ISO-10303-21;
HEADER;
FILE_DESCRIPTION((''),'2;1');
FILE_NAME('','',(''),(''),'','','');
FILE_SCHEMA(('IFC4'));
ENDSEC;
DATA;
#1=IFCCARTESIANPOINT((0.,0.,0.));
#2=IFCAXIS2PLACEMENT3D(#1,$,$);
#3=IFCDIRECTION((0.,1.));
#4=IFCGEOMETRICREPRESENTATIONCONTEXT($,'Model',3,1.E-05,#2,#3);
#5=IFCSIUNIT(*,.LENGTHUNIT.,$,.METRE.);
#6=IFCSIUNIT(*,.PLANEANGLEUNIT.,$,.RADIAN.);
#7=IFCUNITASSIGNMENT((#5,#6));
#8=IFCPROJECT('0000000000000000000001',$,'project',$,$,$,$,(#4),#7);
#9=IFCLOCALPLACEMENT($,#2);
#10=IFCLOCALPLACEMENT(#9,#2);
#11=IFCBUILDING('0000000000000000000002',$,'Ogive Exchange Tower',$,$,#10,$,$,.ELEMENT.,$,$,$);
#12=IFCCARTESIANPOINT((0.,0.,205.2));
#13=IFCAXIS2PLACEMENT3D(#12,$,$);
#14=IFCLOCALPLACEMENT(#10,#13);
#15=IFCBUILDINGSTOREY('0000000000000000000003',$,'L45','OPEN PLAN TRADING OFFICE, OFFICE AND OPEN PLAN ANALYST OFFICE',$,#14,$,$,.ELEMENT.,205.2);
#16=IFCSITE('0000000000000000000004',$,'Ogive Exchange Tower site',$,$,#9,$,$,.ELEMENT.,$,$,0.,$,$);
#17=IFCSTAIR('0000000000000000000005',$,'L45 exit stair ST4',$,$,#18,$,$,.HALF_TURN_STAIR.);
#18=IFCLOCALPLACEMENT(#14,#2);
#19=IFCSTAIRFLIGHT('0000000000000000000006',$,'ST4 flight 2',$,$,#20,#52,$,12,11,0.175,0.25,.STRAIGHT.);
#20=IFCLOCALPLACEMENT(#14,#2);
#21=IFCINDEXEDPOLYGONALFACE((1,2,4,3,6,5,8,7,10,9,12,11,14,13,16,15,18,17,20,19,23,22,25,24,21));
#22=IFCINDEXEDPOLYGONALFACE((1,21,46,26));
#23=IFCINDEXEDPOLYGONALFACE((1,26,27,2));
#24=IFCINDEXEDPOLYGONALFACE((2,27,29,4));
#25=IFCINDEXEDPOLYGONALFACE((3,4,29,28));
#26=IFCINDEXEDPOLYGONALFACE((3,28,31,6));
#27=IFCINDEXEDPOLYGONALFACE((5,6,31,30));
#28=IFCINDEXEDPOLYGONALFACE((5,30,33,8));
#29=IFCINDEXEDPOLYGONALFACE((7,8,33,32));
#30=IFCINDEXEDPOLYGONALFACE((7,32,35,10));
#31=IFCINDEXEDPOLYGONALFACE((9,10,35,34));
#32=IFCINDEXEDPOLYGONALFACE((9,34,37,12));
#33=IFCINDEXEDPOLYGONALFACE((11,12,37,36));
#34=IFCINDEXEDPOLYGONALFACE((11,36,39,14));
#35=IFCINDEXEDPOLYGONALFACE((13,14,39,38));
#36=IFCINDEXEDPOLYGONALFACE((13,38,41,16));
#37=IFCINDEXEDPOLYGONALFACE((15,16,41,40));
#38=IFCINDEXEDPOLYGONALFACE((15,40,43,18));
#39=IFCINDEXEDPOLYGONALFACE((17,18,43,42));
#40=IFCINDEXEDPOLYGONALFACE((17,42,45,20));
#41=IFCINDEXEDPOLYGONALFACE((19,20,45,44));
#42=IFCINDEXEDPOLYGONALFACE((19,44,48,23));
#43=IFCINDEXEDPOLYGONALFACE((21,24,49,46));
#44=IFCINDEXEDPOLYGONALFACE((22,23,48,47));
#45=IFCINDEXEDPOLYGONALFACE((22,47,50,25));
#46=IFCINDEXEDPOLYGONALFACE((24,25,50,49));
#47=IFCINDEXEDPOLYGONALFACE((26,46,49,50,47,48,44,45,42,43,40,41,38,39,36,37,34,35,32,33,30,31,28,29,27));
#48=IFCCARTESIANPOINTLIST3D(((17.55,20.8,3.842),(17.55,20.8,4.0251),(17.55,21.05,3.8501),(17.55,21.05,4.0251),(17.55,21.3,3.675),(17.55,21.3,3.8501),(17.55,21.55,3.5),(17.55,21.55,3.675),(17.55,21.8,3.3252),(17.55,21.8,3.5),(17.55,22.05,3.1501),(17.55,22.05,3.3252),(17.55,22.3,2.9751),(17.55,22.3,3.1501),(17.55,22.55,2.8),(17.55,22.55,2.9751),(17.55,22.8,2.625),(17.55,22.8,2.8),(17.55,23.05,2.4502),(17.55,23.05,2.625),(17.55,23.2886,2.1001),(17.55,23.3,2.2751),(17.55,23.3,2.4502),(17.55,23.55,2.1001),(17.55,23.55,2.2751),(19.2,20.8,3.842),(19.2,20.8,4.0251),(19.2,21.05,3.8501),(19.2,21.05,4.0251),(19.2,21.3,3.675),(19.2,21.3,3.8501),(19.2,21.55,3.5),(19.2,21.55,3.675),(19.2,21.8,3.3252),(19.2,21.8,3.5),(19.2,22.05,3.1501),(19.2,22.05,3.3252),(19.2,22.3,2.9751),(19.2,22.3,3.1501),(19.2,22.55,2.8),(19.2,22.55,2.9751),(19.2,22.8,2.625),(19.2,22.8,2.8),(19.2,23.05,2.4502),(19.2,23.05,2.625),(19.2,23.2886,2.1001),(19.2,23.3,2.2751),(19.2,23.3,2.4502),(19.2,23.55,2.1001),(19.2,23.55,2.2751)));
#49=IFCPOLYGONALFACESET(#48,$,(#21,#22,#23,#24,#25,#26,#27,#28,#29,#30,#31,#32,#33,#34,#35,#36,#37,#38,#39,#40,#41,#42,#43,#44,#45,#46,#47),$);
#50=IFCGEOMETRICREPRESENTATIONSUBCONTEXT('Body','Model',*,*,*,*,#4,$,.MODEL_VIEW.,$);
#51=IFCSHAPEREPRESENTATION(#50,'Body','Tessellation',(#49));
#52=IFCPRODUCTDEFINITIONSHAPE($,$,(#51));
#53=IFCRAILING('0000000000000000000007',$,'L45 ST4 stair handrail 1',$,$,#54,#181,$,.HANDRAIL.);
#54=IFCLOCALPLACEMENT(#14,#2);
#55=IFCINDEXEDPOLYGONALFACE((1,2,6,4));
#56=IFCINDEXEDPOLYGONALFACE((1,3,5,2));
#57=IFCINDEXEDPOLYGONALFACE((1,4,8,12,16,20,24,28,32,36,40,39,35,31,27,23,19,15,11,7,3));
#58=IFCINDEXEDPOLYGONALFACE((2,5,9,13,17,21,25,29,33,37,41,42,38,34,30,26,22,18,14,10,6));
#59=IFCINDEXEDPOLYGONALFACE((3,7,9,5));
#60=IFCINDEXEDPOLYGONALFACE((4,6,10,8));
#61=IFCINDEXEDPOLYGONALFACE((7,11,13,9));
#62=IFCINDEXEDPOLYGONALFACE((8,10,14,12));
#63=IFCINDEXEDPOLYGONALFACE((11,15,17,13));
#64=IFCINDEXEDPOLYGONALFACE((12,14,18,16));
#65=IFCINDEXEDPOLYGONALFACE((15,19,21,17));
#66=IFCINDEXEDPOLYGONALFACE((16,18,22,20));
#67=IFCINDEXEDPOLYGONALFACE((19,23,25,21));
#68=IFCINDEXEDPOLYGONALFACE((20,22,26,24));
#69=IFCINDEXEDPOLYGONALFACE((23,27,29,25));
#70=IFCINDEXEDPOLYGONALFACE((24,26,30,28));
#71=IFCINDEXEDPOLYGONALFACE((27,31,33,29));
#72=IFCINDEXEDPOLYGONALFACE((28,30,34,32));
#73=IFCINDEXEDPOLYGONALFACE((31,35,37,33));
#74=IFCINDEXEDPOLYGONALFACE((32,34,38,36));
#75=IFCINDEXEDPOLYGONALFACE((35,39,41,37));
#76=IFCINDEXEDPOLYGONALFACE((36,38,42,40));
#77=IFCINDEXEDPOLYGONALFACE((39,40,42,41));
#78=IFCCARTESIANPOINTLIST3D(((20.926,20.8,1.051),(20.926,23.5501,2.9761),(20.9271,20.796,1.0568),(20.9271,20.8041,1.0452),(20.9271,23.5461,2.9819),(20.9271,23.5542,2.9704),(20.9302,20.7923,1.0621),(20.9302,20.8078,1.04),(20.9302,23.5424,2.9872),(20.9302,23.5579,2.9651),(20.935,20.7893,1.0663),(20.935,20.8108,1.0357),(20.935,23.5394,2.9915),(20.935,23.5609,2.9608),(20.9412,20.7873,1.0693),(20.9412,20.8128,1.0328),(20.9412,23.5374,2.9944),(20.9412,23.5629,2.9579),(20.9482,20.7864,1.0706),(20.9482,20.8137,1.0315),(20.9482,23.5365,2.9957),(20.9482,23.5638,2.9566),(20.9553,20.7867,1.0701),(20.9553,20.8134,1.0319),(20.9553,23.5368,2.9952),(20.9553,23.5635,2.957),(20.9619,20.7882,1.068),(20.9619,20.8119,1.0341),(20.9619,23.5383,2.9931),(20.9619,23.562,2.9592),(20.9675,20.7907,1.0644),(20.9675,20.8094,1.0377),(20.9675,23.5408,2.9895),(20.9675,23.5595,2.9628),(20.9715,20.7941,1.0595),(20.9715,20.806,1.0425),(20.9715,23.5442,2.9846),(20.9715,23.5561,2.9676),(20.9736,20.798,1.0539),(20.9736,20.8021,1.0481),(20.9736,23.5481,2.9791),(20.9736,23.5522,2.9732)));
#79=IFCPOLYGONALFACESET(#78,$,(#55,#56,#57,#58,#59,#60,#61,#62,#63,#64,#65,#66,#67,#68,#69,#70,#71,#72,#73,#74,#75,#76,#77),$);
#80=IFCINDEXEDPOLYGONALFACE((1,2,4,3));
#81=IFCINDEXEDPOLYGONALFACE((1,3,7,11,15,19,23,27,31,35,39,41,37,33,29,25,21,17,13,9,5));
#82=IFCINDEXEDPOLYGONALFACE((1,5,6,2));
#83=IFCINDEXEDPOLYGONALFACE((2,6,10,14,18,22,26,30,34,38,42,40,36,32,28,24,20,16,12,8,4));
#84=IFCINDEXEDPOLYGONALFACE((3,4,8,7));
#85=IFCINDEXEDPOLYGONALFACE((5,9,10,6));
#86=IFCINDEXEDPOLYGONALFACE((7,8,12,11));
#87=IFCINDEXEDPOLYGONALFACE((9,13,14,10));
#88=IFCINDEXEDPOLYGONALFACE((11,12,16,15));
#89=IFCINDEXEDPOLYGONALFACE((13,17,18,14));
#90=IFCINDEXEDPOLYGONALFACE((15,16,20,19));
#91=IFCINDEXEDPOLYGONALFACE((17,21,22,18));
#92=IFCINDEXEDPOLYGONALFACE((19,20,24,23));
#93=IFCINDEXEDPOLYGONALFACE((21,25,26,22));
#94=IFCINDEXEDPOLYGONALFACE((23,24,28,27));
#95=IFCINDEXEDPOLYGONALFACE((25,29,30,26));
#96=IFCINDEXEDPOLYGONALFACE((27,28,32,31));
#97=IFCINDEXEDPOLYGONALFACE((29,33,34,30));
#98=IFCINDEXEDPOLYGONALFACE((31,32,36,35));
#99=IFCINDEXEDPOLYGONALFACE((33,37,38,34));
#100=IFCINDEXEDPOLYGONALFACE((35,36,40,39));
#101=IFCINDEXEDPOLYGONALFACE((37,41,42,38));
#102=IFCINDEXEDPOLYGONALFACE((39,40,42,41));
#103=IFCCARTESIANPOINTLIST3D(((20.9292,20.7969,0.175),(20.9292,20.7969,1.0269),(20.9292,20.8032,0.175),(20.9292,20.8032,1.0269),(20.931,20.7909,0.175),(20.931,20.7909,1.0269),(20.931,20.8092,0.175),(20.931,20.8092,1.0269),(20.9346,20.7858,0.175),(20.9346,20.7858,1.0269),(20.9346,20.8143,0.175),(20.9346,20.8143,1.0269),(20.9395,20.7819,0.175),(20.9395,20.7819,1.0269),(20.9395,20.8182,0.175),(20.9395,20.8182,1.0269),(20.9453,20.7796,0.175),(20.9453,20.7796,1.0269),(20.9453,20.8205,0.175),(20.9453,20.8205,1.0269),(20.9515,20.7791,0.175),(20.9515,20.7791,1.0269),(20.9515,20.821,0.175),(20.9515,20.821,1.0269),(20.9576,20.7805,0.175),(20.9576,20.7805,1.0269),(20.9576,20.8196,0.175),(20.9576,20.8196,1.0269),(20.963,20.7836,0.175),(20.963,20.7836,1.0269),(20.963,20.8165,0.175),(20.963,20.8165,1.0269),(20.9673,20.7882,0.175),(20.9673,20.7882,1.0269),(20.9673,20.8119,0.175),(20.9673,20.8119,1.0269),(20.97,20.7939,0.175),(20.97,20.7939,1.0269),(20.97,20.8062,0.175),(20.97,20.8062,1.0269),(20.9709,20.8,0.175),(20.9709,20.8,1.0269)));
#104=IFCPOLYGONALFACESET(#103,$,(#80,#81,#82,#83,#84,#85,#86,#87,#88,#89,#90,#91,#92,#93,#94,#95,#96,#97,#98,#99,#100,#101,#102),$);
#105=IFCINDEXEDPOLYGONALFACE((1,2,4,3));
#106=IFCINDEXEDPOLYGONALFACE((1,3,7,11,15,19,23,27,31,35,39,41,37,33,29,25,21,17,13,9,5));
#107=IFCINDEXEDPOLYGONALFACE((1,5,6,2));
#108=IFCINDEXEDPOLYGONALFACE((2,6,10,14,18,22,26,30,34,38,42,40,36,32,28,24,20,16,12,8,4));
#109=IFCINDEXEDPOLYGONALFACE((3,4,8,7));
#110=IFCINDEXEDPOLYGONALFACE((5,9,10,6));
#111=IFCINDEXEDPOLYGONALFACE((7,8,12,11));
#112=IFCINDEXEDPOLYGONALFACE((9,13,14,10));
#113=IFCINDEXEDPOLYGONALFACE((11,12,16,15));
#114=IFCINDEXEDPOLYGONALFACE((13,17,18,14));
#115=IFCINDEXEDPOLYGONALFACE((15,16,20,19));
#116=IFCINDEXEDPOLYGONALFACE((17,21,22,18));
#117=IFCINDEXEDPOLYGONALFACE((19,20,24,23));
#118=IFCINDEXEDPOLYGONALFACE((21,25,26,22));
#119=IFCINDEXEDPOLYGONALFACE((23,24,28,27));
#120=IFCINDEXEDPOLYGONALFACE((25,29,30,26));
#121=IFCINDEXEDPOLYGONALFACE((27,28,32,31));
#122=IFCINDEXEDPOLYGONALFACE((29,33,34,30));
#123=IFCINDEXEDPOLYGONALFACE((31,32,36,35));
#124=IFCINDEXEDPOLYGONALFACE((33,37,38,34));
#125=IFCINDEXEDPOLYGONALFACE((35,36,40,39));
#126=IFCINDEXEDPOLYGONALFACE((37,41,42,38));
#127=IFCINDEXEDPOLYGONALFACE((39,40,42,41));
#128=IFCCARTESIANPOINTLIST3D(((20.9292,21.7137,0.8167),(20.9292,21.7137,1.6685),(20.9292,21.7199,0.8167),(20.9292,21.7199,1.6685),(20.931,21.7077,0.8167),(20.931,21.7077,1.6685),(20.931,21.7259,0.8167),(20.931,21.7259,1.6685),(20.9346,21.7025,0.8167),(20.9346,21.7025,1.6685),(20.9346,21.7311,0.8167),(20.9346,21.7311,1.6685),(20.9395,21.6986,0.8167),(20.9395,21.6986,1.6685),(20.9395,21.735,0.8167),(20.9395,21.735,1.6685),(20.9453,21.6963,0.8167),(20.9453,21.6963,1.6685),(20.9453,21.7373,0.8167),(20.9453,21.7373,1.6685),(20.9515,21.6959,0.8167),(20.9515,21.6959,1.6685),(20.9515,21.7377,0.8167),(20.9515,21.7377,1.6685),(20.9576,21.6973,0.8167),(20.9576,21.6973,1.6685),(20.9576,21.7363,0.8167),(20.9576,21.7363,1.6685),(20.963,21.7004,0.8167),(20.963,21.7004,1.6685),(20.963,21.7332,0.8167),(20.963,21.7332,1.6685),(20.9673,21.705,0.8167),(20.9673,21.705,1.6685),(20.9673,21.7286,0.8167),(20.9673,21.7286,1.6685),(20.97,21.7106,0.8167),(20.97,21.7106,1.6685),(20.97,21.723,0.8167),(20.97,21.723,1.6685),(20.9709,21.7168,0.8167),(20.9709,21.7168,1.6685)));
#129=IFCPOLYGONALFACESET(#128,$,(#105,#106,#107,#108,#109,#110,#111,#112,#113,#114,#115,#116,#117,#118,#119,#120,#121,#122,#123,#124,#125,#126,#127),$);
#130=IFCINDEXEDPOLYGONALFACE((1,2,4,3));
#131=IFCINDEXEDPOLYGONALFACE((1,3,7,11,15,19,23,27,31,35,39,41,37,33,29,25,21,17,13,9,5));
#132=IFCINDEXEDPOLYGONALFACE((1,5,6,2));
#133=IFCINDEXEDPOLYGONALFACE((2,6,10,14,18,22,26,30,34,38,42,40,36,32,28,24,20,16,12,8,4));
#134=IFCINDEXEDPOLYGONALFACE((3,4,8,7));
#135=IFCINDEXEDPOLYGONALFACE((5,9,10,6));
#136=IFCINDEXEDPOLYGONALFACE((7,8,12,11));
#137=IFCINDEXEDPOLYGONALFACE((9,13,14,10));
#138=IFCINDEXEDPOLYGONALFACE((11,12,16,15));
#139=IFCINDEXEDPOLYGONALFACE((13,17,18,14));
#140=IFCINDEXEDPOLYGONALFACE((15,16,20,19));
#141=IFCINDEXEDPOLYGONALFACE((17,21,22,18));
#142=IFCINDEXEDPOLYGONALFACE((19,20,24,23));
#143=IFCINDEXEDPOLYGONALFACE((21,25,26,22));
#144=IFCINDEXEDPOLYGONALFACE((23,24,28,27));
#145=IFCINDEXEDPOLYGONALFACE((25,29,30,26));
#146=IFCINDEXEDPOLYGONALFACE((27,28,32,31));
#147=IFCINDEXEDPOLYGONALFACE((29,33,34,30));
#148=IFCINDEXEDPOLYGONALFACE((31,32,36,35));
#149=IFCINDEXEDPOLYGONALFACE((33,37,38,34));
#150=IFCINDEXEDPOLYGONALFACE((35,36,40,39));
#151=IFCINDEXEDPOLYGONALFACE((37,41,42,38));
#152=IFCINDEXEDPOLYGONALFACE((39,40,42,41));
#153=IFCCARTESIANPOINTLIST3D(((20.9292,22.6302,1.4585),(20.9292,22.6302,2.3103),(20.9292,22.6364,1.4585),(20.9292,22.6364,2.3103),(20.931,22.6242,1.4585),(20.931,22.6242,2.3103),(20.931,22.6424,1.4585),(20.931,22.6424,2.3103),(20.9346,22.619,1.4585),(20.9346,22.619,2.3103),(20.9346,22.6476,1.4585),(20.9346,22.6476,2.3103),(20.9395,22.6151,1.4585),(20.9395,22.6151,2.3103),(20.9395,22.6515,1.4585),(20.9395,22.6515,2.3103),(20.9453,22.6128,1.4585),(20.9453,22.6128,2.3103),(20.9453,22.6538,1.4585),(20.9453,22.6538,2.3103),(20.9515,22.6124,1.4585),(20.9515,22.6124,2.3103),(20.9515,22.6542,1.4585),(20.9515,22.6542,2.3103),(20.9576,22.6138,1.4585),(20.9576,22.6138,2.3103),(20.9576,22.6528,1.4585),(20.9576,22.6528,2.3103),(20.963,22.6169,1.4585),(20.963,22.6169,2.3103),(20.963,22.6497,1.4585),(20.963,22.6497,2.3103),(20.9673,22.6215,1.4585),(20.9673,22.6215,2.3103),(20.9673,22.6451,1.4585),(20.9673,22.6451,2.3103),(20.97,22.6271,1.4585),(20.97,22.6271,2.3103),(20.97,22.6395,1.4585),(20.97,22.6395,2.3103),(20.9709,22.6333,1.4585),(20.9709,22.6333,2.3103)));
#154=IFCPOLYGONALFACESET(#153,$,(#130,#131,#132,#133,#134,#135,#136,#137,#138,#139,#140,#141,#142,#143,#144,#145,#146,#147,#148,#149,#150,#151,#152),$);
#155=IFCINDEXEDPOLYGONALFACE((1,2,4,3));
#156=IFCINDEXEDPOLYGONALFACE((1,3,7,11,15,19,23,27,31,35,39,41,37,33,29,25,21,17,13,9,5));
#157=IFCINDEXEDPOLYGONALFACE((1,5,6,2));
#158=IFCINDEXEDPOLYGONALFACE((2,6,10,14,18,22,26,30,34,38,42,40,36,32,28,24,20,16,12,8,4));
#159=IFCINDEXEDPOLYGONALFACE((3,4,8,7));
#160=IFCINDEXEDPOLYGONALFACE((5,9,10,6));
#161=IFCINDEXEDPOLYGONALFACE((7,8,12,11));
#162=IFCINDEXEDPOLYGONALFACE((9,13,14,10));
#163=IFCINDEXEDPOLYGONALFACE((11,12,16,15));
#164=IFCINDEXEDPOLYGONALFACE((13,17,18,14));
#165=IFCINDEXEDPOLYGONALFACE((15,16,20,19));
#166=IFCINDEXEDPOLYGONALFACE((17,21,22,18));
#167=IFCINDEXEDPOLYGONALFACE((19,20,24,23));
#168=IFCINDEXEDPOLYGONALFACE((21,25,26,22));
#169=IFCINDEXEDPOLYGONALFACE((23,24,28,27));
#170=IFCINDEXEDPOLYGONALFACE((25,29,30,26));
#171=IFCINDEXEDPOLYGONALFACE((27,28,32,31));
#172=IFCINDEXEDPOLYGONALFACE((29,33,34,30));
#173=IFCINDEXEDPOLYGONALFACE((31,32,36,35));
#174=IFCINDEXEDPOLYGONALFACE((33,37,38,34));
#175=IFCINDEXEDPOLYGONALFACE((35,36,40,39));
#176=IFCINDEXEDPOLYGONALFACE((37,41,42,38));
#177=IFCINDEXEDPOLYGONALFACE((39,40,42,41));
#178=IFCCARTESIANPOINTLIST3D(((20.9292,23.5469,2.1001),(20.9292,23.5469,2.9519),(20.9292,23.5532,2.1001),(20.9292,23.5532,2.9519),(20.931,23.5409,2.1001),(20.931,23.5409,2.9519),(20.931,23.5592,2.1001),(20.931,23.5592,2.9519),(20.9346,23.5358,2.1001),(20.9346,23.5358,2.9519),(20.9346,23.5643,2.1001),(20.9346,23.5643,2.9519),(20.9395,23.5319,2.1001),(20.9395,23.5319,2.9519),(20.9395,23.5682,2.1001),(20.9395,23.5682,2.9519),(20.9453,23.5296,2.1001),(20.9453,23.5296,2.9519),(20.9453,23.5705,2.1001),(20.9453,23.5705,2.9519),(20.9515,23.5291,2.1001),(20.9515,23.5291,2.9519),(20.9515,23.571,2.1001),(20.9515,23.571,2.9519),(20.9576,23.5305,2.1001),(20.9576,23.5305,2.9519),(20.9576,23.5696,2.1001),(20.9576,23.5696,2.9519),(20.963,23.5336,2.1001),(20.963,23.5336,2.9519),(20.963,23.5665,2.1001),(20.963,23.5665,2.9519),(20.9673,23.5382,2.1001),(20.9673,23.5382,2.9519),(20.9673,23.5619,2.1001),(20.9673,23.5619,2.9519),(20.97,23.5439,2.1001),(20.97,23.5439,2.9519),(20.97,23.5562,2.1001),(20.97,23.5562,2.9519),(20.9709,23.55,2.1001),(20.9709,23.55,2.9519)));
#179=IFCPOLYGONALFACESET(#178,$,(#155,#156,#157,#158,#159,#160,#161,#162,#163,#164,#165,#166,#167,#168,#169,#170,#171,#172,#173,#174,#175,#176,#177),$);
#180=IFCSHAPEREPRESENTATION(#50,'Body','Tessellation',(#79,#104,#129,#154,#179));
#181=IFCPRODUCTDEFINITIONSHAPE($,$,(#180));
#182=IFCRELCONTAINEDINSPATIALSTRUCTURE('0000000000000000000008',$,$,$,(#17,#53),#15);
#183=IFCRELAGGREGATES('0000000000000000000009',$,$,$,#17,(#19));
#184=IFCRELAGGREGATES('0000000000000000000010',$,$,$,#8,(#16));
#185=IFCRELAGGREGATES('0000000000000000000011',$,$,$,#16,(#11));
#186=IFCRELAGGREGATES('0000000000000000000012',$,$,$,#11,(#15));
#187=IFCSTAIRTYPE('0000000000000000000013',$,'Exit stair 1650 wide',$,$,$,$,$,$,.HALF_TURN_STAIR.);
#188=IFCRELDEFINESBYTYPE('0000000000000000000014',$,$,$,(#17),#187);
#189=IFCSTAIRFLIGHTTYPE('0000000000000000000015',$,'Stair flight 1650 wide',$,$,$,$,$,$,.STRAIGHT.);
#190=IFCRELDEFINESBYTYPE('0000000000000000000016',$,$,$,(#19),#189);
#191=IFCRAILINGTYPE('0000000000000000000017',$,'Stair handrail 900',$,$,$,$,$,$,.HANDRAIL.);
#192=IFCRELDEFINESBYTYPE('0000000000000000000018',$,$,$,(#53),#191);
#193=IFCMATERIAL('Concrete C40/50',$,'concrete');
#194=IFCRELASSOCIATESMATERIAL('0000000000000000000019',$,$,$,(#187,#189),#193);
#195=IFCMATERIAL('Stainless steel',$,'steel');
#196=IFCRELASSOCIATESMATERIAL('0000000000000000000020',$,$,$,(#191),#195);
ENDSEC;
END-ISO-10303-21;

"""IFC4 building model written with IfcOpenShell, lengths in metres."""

from ifc_helpers import new_model, si_unit, direction, frame, origin, origin_2d, place, context, subcontext, project, spatial, polyline, circle, outline, extrude, material, type_object, element, aggregate, save


model = new_model("IFC4")

# Units and contexts
model_context = context("Model", 3, precision=1e-05, world=origin(), true_north=direction((0.0, 1.0)))
body_context = subcontext(model_context, "Body", "Model", "MODEL_VIEW")
ifc_project = project(units=[si_unit("LENGTHUNIT", "METRE"), si_unit("PLANEANGLEUNIT", "RADIAN")], contexts=[model_context])

# Site, building, storey
site_placement = place(None, origin())
site = spatial("IfcSite", under=ifc_project, at=site_placement, Name="Ogive Exchange Tower site", CompositionType="ELEMENT", RefElevation=0.0)
building_placement = place(site_placement, origin())
building = spatial("IfcBuilding", under=site, at=building_placement, Name="Ogive Exchange Tower", CompositionType="ELEMENT")
storey_placement = place(building_placement, frame((0.0, 0.0, 205.2)))
storey = spatial("IfcBuildingStorey", under=building, at=storey_placement, Name="L45", Description="OPEN PLAN TRADING OFFICE, OFFICE AND OPEN PLAN ANALYST OFFICE", CompositionType="ELEMENT", Elevation=205.2)

# Stair, stair flight
ifc_material_1 = material(Name="Concrete C40/50", Category="concrete")
stair_type = type_object("IfcStairType", Name="Exit stair 1650 wide", PredefinedType="HALF_TURN_STAIR", material=ifc_material_1)
stair_placement = place(storey_placement, origin())
stair = element("IfcStair", 1, at=stair_placement, inside=storey, type_object=stair_type, Name="L45 exit stair ST4", PredefinedType="HALF_TURN_STAIR")
stair_flight_type = type_object("IfcStairFlightType", Name="Stair flight 1650 wide", PredefinedType="STRAIGHT", material=ifc_material_1)
stair_flight_1_placement = place(storey_placement, frame((18.375, 23.55, 2.1001), z_axis=(0.0, 0.0, 1.0), x_axis=(0.0, -1.0, 0.0)))
stair_flight_1 = element("IfcStairFlight", 2, at=stair_flight_1_placement, type_object=stair_flight_type, Name="ST4 flight 2", NumberOfRisers=12, NumberOfTreads=11, PredefinedType="STRAIGHT", RiserHeight=0.175, TreadLength=0.25, context=body_context, shape_type="SweptSolid", body=[
    extrude(outline(polyline([(0.0, 0.0), (0.0, 0.175), (0.25, 0.175), (0.25, 0.3501), (0.5, 0.3501), (0.5, 0.5249), (0.75, 0.5249), (0.75, 0.7), (1.0, 0.7), (1.0, 0.875), (1.25, 0.875), (1.25, 1.05), (1.5, 1.05), (1.5, 1.2251), (1.75, 1.2251), (1.75, 1.3999), (2.0, 1.3999), (2.0, 1.575), (2.25, 1.575), (2.25, 1.75), (2.5, 1.75), (2.5, 1.925), (2.75, 1.925), (2.75, 2.1001), (2.75, 1.7419), (0.2615, 0.0), (0.0, 0.0)])), frame((0.0, 0.825, 0.0), z_axis=(0.0, -1.0, 0.0), x_axis=(1.0, 0.0, 0.0)), (0.0, 0.0, 1.0), 1.6499),
])
aggregate(stair, [stair_flight_1])

# Railing
ifc_material_2 = material(Name="Stainless steel", Category="steel")
railing_type = type_object("IfcRailingType", Name="Stair handrail 900", PredefinedType="HANDRAIL", material=ifc_material_2)
railing_1_placement = place(storey_placement, frame((20.95, 20.8, 0.175)))
element("IfcRailing", 3, at=railing_1_placement, inside=storey, type_object=railing_type, Name="L45 ST4 stair handrail 1", PredefinedType="HANDRAIL", context=body_context, shape_type="SweptSolid", body=[
    extrude(circle(Radius=0.0239, at=origin_2d()), frame((0.0, 0.0, 0.876), z_axis=(0.0, 0.819225, 0.573472), x_axis=(-1.0, 0.0, 0.0)), (0.0, 0.0, 1.0), 3.3569),
    extrude(circle(Radius=0.021, at=origin_2d()), origin(), (0.0, 0.0, 1.0), 0.8518),
    extrude(circle(Radius=0.021, at=origin_2d()), frame((0.0, 0.9167, 0.6416)), (0.0, 0.0, 1.0), 0.8518),
    extrude(circle(Radius=0.021, at=origin_2d()), frame((0.0, 1.8333, 1.2834)), (0.0, 0.0, 1.0), 0.8518),
    extrude(circle(Radius=0.021, at=origin_2d()), frame((0.0, 2.75, 1.925)), (0.0, 0.0, 1.0), 0.8518),
])

save(model, "model.ifc")
